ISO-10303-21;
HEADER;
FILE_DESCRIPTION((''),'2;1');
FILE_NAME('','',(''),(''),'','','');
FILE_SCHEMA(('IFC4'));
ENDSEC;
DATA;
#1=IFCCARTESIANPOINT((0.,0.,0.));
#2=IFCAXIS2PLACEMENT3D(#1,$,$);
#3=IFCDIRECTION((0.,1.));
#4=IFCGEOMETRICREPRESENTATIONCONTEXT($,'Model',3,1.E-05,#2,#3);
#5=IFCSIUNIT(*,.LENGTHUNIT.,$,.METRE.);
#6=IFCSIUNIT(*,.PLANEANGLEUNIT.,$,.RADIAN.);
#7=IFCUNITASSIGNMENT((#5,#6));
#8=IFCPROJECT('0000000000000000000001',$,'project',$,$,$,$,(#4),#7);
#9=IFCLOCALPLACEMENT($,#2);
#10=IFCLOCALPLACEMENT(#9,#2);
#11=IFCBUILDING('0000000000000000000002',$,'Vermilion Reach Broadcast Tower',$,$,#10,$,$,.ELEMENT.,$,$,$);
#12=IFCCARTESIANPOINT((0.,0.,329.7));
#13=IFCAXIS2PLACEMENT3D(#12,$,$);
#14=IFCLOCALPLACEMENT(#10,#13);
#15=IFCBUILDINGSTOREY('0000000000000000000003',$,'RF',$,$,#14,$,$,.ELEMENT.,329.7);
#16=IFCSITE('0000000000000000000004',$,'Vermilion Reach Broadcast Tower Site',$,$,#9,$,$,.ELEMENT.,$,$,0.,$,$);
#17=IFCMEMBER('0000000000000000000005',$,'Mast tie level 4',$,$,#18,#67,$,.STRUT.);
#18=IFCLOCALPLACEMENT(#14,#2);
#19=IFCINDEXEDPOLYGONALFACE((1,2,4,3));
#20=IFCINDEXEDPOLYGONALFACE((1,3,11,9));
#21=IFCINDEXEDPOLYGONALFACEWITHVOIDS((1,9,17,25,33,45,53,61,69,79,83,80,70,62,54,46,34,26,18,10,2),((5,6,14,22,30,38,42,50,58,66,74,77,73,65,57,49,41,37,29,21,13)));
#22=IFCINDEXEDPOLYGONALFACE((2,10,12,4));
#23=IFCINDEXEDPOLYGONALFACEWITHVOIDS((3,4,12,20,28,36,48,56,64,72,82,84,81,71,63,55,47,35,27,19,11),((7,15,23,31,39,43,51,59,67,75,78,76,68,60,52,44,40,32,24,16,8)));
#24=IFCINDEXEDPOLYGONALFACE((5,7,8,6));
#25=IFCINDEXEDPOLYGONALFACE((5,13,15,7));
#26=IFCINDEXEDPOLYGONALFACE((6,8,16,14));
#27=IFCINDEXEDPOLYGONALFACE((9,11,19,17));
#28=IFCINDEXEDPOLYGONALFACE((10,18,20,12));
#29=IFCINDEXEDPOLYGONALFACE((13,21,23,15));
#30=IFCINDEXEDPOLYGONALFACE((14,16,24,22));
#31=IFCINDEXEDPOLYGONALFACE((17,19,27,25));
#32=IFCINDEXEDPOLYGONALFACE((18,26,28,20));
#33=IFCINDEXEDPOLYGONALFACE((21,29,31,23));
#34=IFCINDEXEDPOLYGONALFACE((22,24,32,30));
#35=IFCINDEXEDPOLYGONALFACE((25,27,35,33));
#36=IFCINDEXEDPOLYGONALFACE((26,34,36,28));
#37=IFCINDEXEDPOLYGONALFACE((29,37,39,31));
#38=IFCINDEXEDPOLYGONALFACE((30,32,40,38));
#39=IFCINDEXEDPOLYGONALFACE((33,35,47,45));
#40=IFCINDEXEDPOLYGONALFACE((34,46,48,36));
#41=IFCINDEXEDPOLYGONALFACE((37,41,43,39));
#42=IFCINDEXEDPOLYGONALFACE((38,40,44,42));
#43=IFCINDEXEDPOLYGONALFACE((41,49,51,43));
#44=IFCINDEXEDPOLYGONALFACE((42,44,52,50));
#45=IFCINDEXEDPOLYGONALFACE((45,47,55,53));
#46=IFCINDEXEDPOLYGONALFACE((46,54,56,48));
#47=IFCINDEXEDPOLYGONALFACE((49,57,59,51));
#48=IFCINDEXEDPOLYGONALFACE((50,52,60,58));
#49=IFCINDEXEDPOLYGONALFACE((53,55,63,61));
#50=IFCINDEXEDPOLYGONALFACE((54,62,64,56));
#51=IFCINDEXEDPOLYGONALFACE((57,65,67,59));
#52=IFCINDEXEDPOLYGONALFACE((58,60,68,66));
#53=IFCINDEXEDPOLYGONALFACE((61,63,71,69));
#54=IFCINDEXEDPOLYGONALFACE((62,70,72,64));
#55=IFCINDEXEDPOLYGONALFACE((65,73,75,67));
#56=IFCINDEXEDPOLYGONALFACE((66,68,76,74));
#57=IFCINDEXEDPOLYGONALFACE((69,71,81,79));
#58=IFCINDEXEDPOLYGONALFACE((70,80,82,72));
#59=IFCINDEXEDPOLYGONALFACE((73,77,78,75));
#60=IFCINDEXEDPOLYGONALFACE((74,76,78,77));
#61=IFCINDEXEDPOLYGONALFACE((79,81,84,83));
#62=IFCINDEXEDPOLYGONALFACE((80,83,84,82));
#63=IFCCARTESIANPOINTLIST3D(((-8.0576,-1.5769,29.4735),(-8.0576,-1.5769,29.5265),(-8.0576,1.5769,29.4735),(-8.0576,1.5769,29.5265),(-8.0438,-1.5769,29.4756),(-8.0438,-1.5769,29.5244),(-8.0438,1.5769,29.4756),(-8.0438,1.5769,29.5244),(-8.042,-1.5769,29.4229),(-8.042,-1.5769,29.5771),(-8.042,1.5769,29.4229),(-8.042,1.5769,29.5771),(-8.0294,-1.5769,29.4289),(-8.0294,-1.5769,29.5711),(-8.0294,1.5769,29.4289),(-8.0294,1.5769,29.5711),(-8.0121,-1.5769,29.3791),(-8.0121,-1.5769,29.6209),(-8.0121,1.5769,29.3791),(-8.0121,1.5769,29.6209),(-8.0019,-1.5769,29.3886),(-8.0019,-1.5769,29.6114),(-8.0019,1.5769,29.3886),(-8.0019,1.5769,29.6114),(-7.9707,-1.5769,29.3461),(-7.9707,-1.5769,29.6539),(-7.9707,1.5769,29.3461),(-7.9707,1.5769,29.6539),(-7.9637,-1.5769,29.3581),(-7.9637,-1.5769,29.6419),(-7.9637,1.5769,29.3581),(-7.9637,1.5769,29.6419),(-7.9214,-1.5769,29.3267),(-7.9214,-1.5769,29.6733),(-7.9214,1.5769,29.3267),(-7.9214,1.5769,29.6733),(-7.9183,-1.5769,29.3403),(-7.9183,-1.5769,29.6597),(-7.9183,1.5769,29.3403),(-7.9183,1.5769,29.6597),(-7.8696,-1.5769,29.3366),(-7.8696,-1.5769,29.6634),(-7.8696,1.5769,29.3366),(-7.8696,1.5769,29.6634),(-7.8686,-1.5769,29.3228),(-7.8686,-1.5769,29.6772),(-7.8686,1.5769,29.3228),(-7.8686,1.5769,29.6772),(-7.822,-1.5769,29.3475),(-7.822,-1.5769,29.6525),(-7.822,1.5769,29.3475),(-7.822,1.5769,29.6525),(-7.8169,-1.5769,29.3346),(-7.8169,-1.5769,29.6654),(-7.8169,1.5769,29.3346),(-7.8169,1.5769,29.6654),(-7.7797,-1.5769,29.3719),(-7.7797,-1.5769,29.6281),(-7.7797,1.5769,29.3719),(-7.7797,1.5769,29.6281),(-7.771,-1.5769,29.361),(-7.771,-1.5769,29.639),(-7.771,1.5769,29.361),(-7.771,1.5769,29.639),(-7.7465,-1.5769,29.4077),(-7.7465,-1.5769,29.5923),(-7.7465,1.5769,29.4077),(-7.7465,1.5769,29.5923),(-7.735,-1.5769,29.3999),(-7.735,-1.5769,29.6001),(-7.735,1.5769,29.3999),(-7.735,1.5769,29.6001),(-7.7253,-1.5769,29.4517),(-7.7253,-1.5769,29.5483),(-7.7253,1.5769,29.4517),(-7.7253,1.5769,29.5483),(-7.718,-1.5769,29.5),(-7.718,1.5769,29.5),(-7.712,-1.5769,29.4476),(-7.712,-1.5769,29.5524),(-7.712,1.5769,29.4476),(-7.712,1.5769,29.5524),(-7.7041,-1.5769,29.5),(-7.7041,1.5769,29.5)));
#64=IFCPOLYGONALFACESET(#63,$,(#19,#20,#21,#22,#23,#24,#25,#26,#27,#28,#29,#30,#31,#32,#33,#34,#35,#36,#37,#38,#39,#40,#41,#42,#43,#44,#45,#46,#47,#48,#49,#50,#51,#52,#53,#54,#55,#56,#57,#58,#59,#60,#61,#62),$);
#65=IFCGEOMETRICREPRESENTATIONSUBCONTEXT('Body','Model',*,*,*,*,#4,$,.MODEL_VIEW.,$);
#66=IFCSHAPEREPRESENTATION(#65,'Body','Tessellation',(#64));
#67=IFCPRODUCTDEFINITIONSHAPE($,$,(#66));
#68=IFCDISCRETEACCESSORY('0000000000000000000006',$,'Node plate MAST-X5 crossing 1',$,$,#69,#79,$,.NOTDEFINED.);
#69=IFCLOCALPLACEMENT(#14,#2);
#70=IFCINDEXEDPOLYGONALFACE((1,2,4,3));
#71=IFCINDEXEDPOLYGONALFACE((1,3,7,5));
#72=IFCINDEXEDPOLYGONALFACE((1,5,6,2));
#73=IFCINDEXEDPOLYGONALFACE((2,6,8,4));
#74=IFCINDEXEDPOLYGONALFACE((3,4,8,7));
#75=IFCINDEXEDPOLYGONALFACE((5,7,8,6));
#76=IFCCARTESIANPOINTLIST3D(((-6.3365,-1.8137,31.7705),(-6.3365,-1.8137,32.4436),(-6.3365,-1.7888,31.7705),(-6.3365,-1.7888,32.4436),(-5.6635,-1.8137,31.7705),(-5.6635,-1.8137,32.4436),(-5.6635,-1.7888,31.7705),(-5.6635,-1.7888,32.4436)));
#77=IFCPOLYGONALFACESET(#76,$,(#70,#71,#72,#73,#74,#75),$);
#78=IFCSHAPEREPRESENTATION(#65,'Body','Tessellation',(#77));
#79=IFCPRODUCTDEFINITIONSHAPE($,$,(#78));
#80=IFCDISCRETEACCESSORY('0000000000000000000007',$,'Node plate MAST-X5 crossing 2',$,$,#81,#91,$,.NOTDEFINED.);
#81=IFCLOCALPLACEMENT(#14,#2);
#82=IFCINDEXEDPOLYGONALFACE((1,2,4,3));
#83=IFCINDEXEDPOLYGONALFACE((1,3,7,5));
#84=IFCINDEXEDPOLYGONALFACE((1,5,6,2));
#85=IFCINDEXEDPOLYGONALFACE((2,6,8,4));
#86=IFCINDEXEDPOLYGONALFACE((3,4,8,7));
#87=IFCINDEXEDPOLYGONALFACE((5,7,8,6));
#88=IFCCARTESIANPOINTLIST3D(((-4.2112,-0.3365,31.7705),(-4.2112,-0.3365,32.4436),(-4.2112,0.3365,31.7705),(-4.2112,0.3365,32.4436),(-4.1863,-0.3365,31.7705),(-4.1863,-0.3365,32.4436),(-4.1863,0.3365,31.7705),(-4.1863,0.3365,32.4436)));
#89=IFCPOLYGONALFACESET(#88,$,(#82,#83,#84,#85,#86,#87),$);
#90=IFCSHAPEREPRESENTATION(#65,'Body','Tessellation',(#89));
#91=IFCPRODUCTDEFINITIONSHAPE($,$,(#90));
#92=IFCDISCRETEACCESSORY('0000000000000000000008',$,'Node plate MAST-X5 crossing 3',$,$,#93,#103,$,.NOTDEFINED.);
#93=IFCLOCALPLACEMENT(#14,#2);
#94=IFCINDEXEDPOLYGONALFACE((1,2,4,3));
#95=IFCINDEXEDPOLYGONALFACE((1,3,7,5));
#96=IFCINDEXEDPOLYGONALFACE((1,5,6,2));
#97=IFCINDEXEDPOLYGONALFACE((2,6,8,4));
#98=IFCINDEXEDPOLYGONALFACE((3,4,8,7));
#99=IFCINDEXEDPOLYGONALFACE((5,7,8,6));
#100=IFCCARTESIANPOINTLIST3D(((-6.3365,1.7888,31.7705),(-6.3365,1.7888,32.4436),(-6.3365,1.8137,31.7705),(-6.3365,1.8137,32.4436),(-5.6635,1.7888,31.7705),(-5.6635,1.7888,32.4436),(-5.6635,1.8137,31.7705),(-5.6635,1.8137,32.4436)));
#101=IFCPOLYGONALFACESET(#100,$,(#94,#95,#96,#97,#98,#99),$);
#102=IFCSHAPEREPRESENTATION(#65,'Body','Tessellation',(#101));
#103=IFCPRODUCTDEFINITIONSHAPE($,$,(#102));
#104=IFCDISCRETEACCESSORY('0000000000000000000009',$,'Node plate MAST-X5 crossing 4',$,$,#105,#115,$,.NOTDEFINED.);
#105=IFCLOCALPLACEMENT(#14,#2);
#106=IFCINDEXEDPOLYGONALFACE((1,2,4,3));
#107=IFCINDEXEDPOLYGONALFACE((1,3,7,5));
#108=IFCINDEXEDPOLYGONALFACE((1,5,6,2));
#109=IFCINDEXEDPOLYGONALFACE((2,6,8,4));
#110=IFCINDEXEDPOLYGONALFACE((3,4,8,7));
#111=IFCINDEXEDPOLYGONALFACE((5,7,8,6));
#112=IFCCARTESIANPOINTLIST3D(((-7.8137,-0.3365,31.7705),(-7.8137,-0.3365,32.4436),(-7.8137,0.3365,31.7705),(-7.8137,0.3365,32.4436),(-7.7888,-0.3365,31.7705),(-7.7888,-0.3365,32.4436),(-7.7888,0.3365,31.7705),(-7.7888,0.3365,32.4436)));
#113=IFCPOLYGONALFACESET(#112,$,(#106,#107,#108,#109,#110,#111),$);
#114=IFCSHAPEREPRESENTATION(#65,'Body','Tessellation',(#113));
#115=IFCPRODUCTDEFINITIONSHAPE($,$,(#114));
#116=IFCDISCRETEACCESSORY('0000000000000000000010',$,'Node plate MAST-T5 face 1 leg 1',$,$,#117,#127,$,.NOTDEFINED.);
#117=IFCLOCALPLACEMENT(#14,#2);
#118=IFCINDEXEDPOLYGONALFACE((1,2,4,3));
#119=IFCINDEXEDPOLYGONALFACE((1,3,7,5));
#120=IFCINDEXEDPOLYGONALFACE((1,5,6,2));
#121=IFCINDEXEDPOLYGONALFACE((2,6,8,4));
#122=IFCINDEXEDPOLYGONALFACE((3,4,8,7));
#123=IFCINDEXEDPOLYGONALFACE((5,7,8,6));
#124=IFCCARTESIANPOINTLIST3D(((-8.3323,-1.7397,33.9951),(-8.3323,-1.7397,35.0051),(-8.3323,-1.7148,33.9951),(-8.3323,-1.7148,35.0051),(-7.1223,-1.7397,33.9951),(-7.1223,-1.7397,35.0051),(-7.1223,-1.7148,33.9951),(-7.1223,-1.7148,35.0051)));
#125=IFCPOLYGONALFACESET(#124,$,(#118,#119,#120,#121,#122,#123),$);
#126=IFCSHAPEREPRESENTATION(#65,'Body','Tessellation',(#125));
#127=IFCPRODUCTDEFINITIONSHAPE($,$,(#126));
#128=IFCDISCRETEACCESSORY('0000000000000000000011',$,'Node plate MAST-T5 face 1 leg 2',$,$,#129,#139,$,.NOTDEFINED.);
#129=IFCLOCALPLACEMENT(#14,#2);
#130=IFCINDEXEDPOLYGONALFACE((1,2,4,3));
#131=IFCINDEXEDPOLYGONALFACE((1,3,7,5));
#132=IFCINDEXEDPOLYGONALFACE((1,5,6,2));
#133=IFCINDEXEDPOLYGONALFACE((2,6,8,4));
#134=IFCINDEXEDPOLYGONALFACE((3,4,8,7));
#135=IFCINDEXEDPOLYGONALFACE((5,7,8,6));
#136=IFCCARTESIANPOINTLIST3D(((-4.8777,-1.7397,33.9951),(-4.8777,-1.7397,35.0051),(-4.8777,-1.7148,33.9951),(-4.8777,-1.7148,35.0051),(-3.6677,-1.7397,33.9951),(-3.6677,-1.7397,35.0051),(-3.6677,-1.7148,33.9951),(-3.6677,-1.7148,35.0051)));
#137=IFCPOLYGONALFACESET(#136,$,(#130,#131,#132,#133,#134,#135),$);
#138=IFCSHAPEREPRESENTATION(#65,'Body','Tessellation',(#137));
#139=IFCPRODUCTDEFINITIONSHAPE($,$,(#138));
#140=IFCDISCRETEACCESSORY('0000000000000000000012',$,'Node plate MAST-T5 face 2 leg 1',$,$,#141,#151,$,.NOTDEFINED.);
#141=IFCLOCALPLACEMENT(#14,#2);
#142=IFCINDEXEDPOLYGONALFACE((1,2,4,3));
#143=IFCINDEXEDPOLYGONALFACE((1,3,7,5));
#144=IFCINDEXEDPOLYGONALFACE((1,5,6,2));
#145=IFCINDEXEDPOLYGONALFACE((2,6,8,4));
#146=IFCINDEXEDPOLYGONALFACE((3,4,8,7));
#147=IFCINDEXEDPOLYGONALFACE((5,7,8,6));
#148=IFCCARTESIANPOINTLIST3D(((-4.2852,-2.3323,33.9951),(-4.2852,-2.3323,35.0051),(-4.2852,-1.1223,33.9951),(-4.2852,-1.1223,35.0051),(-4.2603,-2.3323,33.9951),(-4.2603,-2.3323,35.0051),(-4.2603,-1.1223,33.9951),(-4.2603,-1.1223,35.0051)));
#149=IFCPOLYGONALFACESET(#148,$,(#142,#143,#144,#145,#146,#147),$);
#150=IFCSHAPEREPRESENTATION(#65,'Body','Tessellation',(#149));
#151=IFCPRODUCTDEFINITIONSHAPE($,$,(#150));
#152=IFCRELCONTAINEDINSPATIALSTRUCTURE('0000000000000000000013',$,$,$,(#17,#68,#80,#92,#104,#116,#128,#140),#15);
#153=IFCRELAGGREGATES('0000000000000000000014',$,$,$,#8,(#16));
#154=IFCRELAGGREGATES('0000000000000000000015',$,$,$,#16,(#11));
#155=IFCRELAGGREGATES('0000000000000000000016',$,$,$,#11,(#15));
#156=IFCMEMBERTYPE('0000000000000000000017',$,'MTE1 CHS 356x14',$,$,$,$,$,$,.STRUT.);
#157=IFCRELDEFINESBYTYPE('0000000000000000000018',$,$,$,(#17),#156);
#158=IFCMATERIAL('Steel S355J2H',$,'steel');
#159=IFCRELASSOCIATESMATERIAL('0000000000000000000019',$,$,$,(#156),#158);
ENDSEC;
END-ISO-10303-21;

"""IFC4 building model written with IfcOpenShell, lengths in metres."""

from ifc_helpers import new_model, si_unit, direction, frame, origin, origin_2d, place, context, subcontext, project, spatial, rectangle, hollow_circle, extrude, material, material_profile, profile_set, type_object, element, save


model = new_model("IFC4")

# Units and contexts
model_context = context("Model", 3, precision=1e-05, world=origin(), true_north=direction((0.0, 1.0)))
body_context = subcontext(model_context, "Body", "Model", "MODEL_VIEW")
ifc_project = project(units=[si_unit("LENGTHUNIT", "METRE"), si_unit("PLANEANGLEUNIT", "RADIAN")], contexts=[model_context])

# Site, building, storey
site_placement = place(None, origin())
site = spatial("IfcSite", under=ifc_project, at=site_placement, Name="Vermilion Reach Broadcast Tower Site", CompositionType="ELEMENT", RefElevation=0.0)
building_placement = place(site_placement, origin())
building = spatial("IfcBuilding", under=site, at=building_placement, Name="Vermilion Reach Broadcast Tower", CompositionType="ELEMENT")
storey_placement = place(building_placement, frame((0.0, 0.0, 329.7)))
storey = spatial("IfcBuildingStorey", under=building, at=storey_placement, Name="RF", CompositionType="ELEMENT", Elevation=329.7)

# Member
ifc_material_1 = material(Name="Steel S355J2H", Category="steel")
ifc_material_profile_1 = material_profile(ifc_material_1, hollow_circle(Radius=0.1777, WallThickness=0.0139, at=origin_2d()), Name="S355J2H CHS 356x14")
ifc_profile_set_1 = profile_set([ifc_material_profile_1], Name="Steel S355J2H")
member_type_1 = type_object("IfcMemberType", Name="MTE1 CHS 356x14", PredefinedType="STRUT", material=ifc_profile_set_1)
for number, where, z_axis, x_axis, name in (
    (1, (-7.8818, 1.5769, 29.5), (0.0, -1.0, 0.0), (1.0, 0.0, 0.0), "Mast tie level 4"),
):
    element("IfcMember", number, at=place(storey_placement, frame(where, z_axis=z_axis, x_axis=x_axis)), inside=storey, type_object=member_type_1, Name=name, PredefinedType="STRUT", context=body_context, shape_type="SweptSolid", body=[
        extrude(hollow_circle(Radius=0.1777, WallThickness=0.0139, at=origin_2d()), origin(), (0.0, 0.0, 1.0), 3.1538),
    ])

# Discrete accessories
for number, where, z_axis, x_axis, name in (
    (2, (-6.0, -1.8013, 31.7705), (0.0, 0.0, 1.0), (0.0, 1.0, 0.0), "Node plate MAST-X5 crossing 1"),
    (3, (-4.1987, 0.0, 31.7705), (0.0, 0.0, 1.0), (-1.0, 0.0, 0.0), "Node plate MAST-X5 crossing 2"),
    (4, (-6.0, 1.8013, 31.7705), (0.0, 0.0, 1.0), (0.0, -1.0, 0.0), "Node plate MAST-X5 crossing 3"),
    (5, (-7.8013, 0.0, 31.7705), (0.0, 0.0, 1.0), (1.0, 0.0, 0.0), "Node plate MAST-X5 crossing 4"),
):
    element("IfcDiscreteAccessory", number, at=place(storey_placement, frame(where, z_axis=z_axis, x_axis=x_axis)), inside=storey, Name=name, PredefinedType="NOTDEFINED", context=body_context, shape_type="SweptSolid", body=[
        extrude(rectangle(XDim=0.0249, YDim=0.6731, at=origin_2d()), origin(), (0.0, 0.0, 1.0), 0.6731),
    ])
for number, where, z_axis, x_axis, name in (
    (6, (-7.7273, -1.7273, 33.9951), (0.0, 0.0, 1.0), (0.0, 1.0, 0.0), "Node plate MAST-T5 face 1 leg 1"),
    (7, (-4.2727, -1.7273, 33.9951), (0.0, 0.0, 1.0), (0.0, 1.0, 0.0), "Node plate MAST-T5 face 1 leg 2"),
    (8, (-4.2727, -1.7273, 33.9951), (0.0, 0.0, 1.0), (-1.0, 0.0, 0.0), "Node plate MAST-T5 face 2 leg 1"),
):
    element("IfcDiscreteAccessory", number, at=place(storey_placement, frame(where, z_axis=z_axis, x_axis=x_axis)), inside=storey, Name=name, PredefinedType="NOTDEFINED", context=body_context, shape_type="SweptSolid", body=[
        extrude(rectangle(XDim=0.0249, YDim=1.21, at=origin_2d()), origin(), (0.0, 0.0, 1.0), 1.01),
    ])

save(model, "model.ifc")
